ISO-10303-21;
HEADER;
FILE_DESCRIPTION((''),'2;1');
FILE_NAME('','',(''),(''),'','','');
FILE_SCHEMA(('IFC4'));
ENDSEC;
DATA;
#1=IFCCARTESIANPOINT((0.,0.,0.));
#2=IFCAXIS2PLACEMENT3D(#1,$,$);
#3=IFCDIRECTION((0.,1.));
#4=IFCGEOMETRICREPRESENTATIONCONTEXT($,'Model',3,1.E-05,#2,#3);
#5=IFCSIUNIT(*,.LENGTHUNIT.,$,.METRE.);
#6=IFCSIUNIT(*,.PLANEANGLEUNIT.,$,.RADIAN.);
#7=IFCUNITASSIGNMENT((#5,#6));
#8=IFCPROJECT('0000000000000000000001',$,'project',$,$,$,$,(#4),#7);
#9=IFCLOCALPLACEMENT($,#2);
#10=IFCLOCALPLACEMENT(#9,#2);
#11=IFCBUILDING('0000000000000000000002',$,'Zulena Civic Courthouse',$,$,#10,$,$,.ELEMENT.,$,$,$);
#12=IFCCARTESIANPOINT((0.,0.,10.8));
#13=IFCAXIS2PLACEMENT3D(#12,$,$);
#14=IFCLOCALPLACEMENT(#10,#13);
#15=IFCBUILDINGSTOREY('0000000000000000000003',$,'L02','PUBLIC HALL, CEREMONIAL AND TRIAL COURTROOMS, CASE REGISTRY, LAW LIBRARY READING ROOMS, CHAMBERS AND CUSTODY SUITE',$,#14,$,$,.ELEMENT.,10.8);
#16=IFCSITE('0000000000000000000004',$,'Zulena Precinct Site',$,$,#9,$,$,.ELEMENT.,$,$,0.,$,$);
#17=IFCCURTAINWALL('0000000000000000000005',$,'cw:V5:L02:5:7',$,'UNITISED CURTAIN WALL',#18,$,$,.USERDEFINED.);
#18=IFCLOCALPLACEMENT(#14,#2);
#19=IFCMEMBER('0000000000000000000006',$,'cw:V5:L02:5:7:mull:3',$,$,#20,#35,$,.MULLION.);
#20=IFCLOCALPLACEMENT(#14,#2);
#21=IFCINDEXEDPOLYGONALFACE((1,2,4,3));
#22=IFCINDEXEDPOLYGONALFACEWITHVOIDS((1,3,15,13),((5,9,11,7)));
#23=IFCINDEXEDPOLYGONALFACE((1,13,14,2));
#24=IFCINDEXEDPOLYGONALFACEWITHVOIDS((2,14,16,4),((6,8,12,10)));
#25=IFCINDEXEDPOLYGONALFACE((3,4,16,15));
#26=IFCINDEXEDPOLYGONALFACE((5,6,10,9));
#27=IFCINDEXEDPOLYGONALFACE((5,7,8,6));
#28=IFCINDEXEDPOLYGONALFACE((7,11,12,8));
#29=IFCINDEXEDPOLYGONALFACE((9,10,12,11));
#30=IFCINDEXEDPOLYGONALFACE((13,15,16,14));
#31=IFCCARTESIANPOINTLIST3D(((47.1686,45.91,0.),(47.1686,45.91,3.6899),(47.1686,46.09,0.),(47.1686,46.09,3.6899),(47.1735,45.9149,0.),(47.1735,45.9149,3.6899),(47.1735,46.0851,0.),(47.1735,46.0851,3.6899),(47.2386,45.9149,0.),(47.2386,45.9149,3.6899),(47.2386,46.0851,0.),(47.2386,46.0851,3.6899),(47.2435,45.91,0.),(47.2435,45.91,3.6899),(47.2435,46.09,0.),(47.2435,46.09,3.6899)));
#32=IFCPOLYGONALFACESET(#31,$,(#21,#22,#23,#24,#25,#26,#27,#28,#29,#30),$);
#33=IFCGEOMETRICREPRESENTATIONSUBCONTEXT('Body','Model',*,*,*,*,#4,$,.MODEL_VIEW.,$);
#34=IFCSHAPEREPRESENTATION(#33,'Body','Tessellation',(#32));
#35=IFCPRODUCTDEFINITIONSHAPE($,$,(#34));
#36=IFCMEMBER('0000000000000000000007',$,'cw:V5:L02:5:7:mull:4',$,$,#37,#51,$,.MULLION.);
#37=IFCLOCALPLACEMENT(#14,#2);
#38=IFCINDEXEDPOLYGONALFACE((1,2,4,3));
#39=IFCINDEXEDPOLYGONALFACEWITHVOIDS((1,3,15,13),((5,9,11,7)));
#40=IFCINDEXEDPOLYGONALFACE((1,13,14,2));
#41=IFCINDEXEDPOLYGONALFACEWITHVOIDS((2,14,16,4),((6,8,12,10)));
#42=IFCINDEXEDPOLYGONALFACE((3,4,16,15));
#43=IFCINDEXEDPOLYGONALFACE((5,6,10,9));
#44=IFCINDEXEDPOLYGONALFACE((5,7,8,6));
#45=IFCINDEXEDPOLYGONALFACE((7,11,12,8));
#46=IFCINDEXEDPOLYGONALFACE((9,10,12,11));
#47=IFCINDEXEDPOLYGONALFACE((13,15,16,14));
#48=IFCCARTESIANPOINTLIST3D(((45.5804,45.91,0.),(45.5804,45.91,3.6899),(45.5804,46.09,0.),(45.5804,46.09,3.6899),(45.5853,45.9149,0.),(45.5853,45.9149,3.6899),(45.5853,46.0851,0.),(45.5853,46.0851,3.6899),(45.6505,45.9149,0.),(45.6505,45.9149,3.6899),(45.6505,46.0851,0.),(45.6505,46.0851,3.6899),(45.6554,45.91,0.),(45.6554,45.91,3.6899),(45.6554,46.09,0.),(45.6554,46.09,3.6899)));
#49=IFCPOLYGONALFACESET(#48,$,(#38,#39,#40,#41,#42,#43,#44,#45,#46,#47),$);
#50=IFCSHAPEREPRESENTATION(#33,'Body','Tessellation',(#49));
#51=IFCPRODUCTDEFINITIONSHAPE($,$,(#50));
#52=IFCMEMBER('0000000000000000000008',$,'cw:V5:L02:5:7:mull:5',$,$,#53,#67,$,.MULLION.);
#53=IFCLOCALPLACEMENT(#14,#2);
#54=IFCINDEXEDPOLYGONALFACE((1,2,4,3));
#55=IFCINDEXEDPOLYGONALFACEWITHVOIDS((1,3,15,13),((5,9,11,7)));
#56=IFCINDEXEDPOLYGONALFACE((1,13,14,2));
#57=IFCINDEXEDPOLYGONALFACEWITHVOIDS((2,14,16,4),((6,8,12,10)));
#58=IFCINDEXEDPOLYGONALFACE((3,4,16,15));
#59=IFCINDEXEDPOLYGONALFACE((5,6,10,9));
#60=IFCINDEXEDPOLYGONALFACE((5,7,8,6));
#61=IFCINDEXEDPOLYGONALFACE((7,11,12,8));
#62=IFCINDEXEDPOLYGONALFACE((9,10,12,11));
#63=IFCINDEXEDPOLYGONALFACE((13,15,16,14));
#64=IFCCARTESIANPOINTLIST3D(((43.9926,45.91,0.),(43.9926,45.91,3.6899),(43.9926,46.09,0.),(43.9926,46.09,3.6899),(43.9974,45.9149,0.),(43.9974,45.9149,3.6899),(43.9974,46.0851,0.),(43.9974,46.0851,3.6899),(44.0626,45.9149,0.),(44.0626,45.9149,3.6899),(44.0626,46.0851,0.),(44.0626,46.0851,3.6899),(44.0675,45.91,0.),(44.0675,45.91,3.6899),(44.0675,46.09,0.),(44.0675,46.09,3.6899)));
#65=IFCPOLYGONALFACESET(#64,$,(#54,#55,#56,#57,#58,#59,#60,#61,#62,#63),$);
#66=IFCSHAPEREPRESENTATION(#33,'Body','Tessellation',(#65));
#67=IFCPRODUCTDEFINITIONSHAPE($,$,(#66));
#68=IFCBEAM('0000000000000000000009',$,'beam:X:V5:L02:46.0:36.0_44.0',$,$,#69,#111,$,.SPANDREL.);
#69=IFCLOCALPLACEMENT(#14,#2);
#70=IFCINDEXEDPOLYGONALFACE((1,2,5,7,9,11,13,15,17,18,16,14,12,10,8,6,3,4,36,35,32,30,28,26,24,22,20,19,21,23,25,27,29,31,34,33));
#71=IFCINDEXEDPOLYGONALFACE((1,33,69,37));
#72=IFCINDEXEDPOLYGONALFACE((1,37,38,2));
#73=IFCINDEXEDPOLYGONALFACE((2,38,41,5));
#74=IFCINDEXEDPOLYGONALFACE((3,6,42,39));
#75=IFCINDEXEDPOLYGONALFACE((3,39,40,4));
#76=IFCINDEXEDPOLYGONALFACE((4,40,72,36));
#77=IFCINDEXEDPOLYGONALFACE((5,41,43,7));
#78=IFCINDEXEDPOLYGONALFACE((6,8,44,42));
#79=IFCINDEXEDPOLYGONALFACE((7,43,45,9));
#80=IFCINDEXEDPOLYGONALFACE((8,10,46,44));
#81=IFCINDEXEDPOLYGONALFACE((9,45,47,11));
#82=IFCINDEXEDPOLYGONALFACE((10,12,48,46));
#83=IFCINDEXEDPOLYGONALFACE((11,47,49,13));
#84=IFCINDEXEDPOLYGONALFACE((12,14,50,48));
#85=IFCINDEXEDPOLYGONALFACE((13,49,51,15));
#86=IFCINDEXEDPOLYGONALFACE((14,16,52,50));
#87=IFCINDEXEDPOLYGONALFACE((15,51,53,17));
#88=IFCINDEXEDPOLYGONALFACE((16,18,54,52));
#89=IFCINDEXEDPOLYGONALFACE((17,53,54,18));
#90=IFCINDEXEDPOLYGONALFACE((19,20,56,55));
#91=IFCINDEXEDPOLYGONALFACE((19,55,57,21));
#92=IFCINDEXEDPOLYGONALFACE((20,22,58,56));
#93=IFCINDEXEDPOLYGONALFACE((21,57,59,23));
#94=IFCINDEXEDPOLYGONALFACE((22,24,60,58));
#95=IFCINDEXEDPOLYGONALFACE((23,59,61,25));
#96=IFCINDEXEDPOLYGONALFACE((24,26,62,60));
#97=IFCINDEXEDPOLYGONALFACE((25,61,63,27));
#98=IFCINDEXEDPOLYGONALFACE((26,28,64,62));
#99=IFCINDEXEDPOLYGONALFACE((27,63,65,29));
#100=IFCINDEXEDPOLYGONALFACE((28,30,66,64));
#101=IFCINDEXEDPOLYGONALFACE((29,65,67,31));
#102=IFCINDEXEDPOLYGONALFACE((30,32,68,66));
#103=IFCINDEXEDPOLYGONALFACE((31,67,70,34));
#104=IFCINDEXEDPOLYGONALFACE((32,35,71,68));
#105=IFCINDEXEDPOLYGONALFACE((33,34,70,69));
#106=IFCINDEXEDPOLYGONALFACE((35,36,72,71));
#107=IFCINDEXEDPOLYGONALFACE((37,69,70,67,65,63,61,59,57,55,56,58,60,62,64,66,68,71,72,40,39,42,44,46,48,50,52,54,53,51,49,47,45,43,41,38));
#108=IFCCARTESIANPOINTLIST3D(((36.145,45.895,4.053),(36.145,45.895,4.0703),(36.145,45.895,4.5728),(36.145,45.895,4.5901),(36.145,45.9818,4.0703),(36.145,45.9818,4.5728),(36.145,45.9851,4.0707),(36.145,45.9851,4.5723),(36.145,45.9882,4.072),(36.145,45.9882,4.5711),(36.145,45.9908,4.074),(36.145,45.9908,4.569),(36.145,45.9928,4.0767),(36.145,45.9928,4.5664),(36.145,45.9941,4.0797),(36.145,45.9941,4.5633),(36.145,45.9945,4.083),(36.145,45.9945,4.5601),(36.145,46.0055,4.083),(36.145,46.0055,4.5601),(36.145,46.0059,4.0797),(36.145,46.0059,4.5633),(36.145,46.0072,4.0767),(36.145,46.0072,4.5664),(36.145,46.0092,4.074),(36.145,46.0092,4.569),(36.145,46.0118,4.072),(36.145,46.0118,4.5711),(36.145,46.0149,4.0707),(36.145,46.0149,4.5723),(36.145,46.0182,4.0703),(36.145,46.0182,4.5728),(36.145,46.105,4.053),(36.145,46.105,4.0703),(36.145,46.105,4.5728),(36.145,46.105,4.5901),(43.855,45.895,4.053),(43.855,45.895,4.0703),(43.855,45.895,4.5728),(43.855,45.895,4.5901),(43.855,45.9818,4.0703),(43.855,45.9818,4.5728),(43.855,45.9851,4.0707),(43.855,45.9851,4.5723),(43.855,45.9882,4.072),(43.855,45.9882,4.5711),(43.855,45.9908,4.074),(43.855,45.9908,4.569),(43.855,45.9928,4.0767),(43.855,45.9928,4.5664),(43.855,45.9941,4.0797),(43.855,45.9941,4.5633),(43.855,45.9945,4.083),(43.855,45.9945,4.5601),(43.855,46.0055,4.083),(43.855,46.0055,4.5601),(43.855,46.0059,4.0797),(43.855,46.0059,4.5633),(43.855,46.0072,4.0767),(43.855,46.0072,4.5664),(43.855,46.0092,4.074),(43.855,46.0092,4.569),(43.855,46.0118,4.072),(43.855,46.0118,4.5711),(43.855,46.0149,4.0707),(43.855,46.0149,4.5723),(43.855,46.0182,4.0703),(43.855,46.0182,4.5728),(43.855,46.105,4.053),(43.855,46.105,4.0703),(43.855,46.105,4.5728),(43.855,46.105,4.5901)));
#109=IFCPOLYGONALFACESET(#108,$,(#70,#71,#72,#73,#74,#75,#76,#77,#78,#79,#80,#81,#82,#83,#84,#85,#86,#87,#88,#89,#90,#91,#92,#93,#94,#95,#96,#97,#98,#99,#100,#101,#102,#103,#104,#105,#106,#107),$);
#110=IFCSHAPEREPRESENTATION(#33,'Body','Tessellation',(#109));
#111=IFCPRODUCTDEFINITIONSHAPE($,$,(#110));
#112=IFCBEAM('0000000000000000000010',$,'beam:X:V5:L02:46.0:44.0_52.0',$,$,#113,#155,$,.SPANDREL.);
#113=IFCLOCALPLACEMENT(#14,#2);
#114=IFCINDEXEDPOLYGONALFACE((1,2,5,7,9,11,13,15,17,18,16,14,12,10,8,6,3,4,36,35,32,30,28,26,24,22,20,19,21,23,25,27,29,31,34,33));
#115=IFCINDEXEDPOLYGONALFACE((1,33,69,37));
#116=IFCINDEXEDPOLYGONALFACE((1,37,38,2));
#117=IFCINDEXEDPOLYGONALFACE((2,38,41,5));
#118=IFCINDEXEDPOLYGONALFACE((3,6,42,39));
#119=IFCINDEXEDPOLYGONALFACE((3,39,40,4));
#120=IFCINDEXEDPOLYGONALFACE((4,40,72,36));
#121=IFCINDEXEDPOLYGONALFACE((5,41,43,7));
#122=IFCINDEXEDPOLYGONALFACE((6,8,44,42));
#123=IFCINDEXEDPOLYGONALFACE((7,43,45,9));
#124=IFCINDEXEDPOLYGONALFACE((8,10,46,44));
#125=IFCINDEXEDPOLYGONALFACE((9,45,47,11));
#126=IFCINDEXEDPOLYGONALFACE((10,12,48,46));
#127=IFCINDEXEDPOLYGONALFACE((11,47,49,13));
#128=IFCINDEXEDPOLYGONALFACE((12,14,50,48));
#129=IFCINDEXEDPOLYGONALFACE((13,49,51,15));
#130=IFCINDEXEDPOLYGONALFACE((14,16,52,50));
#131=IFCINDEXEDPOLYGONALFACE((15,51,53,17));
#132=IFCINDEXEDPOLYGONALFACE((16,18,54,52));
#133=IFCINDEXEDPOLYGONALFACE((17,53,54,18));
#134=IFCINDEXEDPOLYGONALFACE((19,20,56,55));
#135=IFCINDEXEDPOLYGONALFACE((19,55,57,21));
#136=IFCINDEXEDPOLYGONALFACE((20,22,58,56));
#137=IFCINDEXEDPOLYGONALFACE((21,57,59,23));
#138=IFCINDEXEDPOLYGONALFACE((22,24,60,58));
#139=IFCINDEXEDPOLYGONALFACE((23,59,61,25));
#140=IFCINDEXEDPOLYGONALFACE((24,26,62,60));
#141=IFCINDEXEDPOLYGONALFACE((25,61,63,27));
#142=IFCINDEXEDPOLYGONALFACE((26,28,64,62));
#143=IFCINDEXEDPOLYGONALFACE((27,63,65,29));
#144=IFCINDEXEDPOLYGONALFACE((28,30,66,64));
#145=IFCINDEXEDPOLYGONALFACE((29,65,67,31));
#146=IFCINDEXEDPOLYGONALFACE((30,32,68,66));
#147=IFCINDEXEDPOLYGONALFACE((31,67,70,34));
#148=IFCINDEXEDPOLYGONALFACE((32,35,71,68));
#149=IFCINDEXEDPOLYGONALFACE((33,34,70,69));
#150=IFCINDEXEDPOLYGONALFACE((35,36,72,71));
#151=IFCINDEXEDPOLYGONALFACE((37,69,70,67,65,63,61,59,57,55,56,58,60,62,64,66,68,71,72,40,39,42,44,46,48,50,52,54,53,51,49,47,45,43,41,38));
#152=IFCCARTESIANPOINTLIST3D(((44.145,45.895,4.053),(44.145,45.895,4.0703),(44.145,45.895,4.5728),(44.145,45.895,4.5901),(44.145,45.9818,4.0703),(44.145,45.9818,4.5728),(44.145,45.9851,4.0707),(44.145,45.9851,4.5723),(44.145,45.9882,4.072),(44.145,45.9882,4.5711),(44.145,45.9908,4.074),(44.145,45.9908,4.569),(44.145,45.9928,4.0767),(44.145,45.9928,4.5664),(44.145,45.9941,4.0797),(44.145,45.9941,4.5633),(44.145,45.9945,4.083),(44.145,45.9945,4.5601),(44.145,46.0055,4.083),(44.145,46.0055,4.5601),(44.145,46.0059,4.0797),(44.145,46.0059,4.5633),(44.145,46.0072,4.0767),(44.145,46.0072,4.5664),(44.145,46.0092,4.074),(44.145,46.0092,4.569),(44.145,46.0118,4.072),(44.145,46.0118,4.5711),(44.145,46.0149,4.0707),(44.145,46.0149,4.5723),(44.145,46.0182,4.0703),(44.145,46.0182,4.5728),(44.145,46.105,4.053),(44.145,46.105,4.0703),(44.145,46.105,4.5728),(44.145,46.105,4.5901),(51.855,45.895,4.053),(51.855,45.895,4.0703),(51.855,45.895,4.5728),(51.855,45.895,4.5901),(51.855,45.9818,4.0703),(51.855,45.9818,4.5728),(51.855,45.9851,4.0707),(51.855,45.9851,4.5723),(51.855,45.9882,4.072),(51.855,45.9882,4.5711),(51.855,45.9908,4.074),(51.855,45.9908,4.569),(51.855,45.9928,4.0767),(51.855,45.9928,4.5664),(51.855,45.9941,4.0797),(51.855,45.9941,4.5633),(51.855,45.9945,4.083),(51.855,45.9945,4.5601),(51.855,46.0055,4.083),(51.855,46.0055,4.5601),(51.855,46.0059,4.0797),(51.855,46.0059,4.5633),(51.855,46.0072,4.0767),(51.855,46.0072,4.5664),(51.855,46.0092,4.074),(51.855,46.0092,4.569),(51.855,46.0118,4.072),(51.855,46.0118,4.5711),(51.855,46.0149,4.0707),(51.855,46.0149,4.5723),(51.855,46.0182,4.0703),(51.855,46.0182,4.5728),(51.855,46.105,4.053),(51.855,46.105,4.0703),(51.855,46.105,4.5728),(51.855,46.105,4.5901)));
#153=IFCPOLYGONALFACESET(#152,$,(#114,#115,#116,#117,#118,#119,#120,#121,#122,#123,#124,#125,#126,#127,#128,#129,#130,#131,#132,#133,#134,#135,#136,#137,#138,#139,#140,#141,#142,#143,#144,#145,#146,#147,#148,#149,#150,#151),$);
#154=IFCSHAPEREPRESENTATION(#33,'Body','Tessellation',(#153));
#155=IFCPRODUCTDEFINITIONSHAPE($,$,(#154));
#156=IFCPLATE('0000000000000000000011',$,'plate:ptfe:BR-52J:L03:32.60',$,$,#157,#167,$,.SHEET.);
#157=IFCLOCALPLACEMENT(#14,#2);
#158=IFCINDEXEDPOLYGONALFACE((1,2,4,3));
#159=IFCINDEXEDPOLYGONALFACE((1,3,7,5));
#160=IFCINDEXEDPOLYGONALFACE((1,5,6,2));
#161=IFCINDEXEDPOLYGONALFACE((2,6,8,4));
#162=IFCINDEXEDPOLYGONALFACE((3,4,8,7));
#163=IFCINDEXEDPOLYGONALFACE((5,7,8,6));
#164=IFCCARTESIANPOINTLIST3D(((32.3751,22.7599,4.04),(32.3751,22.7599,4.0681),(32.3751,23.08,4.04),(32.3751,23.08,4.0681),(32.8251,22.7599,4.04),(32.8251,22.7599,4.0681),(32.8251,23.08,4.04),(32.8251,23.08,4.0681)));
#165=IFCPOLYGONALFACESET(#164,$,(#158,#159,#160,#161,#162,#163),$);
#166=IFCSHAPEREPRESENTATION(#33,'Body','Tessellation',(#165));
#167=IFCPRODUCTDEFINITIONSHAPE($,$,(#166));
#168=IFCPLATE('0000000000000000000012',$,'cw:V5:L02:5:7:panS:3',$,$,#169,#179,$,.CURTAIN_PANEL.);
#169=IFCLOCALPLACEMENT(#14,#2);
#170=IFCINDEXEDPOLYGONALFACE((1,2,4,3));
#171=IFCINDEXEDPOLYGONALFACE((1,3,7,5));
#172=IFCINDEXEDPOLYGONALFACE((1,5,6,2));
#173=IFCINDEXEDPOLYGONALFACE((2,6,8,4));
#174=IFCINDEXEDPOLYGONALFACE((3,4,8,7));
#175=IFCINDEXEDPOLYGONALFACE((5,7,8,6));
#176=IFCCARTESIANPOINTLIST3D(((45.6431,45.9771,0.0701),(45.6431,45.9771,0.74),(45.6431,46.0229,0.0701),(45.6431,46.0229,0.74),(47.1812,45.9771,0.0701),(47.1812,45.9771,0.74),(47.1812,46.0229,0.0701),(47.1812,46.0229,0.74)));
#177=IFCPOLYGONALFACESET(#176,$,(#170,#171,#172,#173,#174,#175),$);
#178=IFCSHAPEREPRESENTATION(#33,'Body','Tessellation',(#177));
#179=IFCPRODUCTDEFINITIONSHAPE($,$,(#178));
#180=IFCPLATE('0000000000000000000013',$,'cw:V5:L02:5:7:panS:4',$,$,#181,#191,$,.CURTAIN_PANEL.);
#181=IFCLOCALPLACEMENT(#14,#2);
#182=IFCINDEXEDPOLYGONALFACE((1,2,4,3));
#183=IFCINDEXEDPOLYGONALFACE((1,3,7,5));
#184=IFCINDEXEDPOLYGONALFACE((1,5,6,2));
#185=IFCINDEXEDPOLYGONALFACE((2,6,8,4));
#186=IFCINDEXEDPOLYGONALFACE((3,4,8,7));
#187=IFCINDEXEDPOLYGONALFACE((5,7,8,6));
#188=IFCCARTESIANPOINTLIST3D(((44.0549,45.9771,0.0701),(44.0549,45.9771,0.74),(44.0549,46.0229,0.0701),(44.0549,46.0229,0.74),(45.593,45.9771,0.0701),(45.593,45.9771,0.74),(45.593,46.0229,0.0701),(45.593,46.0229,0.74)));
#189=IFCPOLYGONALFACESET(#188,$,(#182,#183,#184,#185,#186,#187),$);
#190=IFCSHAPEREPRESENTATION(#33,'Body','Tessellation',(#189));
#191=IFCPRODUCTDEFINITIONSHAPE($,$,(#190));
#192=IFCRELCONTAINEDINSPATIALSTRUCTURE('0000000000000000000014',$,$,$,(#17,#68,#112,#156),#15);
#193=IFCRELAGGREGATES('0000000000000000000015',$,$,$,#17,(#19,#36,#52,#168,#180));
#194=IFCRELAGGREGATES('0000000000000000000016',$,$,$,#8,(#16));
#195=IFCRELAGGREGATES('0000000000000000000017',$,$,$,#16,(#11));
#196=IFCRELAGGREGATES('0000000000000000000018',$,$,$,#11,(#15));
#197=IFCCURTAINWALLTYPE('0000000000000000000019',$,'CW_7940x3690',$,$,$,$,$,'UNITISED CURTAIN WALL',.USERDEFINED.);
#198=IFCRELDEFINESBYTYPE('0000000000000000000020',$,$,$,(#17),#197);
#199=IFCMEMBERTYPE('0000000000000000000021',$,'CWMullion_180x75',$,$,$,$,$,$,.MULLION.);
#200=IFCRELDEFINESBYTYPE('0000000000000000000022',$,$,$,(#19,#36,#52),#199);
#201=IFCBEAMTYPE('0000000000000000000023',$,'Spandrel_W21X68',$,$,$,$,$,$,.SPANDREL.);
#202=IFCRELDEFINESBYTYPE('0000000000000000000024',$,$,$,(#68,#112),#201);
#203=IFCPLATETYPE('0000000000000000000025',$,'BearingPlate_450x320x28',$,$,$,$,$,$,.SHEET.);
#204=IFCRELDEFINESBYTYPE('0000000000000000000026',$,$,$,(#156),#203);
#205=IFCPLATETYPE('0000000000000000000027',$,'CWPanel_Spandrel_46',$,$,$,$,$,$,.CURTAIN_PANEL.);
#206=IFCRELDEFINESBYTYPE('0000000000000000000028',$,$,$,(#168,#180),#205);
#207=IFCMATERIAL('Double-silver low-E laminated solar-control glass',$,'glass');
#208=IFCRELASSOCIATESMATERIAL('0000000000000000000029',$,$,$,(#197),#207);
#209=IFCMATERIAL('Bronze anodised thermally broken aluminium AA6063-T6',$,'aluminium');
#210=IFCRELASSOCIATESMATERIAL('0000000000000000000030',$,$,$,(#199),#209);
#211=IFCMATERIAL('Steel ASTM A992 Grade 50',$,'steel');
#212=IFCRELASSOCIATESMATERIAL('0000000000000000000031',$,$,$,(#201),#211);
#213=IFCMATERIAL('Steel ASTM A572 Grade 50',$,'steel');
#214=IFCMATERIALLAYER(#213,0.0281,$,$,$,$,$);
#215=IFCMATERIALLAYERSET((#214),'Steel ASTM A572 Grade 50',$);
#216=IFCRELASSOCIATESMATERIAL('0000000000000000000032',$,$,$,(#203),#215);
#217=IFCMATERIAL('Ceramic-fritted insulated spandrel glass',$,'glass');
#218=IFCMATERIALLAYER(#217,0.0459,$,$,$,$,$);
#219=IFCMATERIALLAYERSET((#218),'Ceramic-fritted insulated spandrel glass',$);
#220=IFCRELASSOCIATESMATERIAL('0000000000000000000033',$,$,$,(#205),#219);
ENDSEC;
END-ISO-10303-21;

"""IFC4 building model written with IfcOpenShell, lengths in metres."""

from ifc_helpers import new_model, si_unit, direction, frame, origin, origin_2d, place, context, subcontext, project, spatial, rectangle, hollow_rectangle, i_section, extrude, material, layer, layer_set, material_profile, profile_set, type_object, element, aggregate, save


model = new_model("IFC4")

# Units and contexts
model_context = context("Model", 3, precision=1e-05, world=origin(), true_north=direction((0.0, 1.0)))
body_context = subcontext(model_context, "Body", "Model", "MODEL_VIEW")
ifc_project = project(units=[si_unit("LENGTHUNIT", "METRE"), si_unit("PLANEANGLEUNIT", "RADIAN")], contexts=[model_context])

# Site, building, storey
site_placement = place(None, origin())
site = spatial("IfcSite", under=ifc_project, at=site_placement, Name="Zulena Precinct Site", CompositionType="ELEMENT", RefElevation=0.0)
building_placement = place(site_placement, origin())
building = spatial("IfcBuilding", under=site, at=building_placement, Name="Zulena Civic Courthouse", CompositionType="ELEMENT")
storey_placement = place(building_placement, frame((0.0, 0.0, 10.8)))
storey = spatial("IfcBuildingStorey", under=building, at=storey_placement, Name="L02", Description="PUBLIC HALL, CEREMONIAL AND TRIAL COURTROOMS, CASE REGISTRY, LAW LIBRARY READING ROOMS, CHAMBERS AND CUSTODY SUITE", CompositionType="ELEMENT", Elevation=10.8)

# Shared definitions
ifc_material_1 = material(Name="Steel ASTM A992 Grade 50", Category="steel")

# Curtain wall, members
ifc_material_2 = material(Name="Double-silver low-E laminated solar-control glass", Category="glass")
curtain_wall_type = type_object("IfcCurtainWallType", Name="CW_7940x3690", ElementType="UNITISED CURTAIN WALL", PredefinedType="USERDEFINED", material=ifc_material_2)
curtain_wall_placement = place(storey_placement, origin())
curtain_wall = element("IfcCurtainWall", 1, at=curtain_wall_placement, inside=storey, type_object=curtain_wall_type, Name="cw:V5:L02:5:7", ObjectType="UNITISED CURTAIN WALL", PredefinedType="USERDEFINED")
ifc_material_3 = material(Name="Bronze anodised thermally broken aluminium AA6063-T6", Category="aluminium")
ifc_material_profile_1 = material_profile(ifc_material_3, hollow_rectangle(XDim=0.075, YDim=0.1799, WallThickness=0.0049, at=origin_2d()), Name="CWM180X75X5")
ifc_profile_set_1 = profile_set([ifc_material_profile_1], Name="Bronze anodised thermally broken aluminium AA6063-T6")
member_type_1 = type_object("IfcMemberType", Name="CWMullion_180x75", PredefinedType="MULLION", material=ifc_profile_set_1)
member_1_placement = place(storey_placement, frame((47.2061, 46.0, 0.0), z_axis=(0.0, 0.0, 1.0), x_axis=(1.0, 0.0, 0.0)))
member_1 = element("IfcMember", 2, at=member_1_placement, type_object=member_type_1, Name="cw:V5:L02:5:7:mull:3", PredefinedType="MULLION", context=body_context, shape_type="SweptSolid", body=[
    extrude(hollow_rectangle(XDim=0.075, YDim=0.1799, WallThickness=0.0049, at=origin_2d()), origin(), (0.0, 0.0, 1.0), 3.6899),
])
member_2_placement = place(storey_placement, frame((45.6179, 46.0, 0.0), z_axis=(0.0, 0.0, 1.0), x_axis=(1.0, 0.0, 0.0)))
member_2 = element("IfcMember", 3, at=member_2_placement, type_object=member_type_1, Name="cw:V5:L02:5:7:mull:4", PredefinedType="MULLION", context=body_context, shape_type="SweptSolid", body=[
    extrude(hollow_rectangle(XDim=0.075, YDim=0.1799, WallThickness=0.0049, at=origin_2d()), origin(), (0.0, 0.0, 1.0), 3.6899),
])
member_3_placement = place(storey_placement, frame((44.03, 46.0, 0.0), z_axis=(0.0, 0.0, 1.0), x_axis=(1.0, 0.0, 0.0)))
member_3 = element("IfcMember", 4, at=member_3_placement, type_object=member_type_1, Name="cw:V5:L02:5:7:mull:5", PredefinedType="MULLION", context=body_context, shape_type="SweptSolid", body=[
    extrude(hollow_rectangle(XDim=0.075, YDim=0.1799, WallThickness=0.0049, at=origin_2d()), origin(), (0.0, 0.0, 1.0), 3.6899),
])

# Beams
ifc_material_profile_2 = material_profile(ifc_material_1, i_section(OverallWidth=0.21, OverallDepth=0.5371, WebThickness=0.011, FlangeThickness=0.0173, FilletRadius=0.0127, at=origin_2d()), Name="W21X68")
ifc_profile_set_2 = profile_set([ifc_material_profile_2], Name="Steel ASTM A992 Grade 50")
beam_type_1 = type_object("IfcBeamType", Name="Spandrel_W21X68", PredefinedType="SPANDREL", material=ifc_profile_set_2)
for number, where, z_axis, x_axis, name in (
    (5, (36.145, 46.0, 4.3215), (1.0, 0.0, 0.0), (0.0, 1.0, 0.0), "beam:X:V5:L02:46.0:36.0_44.0"),
    (6, (44.145, 46.0, 4.3215), (1.0, 0.0, 0.0), (0.0, 1.0, 0.0), "beam:X:V5:L02:46.0:44.0_52.0"),
):
    element("IfcBeam", number, at=place(storey_placement, frame(where, z_axis=z_axis, x_axis=x_axis)), inside=storey, type_object=beam_type_1, Name=name, PredefinedType="SPANDREL", context=body_context, shape_type="SweptSolid", body=[
        extrude(i_section(OverallWidth=0.21, OverallDepth=0.5371, WebThickness=0.011, FlangeThickness=0.0173, FilletRadius=0.0127, at=origin_2d()), origin(), (0.0, 0.0, 1.0), 7.71),
    ])

# Plates
ifc_material_4 = material(Name="Steel ASTM A572 Grade 50", Category="steel")
ifc_layer_1 = layer(ifc_material_4, 0.0281)
ifc_layer_set_1 = layer_set([ifc_layer_1], Name="Steel ASTM A572 Grade 50")
plate_type_1 = type_object("IfcPlateType", Name="BearingPlate_450x320x28", PredefinedType="SHEET", material=ifc_layer_set_1)
plate_1_placement = place(storey_placement, frame((32.6001, 22.9199, 4.04), z_axis=(0.0, 0.0, 1.0), x_axis=(1.0, 0.0, 0.0)))
element("IfcPlate", 7, at=plate_1_placement, inside=storey, type_object=plate_type_1, Name="plate:ptfe:BR-52J:L03:32.60", PredefinedType="SHEET", context=body_context, shape_type="SweptSolid", body=[
    extrude(rectangle(XDim=0.45, YDim=0.3201, at=origin_2d()), origin(), (0.0, 0.0, 1.0), 0.0281),
])
ifc_material_5 = material(Name="Ceramic-fritted insulated spandrel glass", Category="glass")
ifc_layer_2 = layer(ifc_material_5, 0.0459)
ifc_layer_set_2 = layer_set([ifc_layer_2], Name="Ceramic-fritted insulated spandrel glass")
plate_type_2 = type_object("IfcPlateType", Name="CWPanel_Spandrel_46", PredefinedType="CURTAIN_PANEL", material=ifc_layer_set_2)
plate_2_placement = place(storey_placement, frame((46.4121, 46.0, 0.0701), z_axis=(0.0, 0.0, 1.0), x_axis=(-1.0, 0.0, 0.0)))
plate_2 = element("IfcPlate", 8, at=plate_2_placement, type_object=plate_type_2, Name="cw:V5:L02:5:7:panS:3", PredefinedType="CURTAIN_PANEL", context=body_context, shape_type="SweptSolid", body=[
    extrude(rectangle(XDim=1.5381, YDim=0.0459, at=origin_2d()), origin(), (0.0, 0.0, 1.0), 0.6699),
])
plate_3_placement = place(storey_placement, frame((44.824, 46.0, 0.0701), z_axis=(0.0, 0.0, 1.0), x_axis=(-1.0, 0.0, 0.0)))
plate_3 = element("IfcPlate", 9, at=plate_3_placement, type_object=plate_type_2, Name="cw:V5:L02:5:7:panS:4", PredefinedType="CURTAIN_PANEL", context=body_context, shape_type="SweptSolid", body=[
    extrude(rectangle(XDim=1.5381, YDim=0.0459, at=origin_2d()), origin(), (0.0, 0.0, 1.0), 0.6699),
])
aggregate(curtain_wall, [member_1, member_2, member_3, plate_2, plate_3])

save(model, "model.ifc")
